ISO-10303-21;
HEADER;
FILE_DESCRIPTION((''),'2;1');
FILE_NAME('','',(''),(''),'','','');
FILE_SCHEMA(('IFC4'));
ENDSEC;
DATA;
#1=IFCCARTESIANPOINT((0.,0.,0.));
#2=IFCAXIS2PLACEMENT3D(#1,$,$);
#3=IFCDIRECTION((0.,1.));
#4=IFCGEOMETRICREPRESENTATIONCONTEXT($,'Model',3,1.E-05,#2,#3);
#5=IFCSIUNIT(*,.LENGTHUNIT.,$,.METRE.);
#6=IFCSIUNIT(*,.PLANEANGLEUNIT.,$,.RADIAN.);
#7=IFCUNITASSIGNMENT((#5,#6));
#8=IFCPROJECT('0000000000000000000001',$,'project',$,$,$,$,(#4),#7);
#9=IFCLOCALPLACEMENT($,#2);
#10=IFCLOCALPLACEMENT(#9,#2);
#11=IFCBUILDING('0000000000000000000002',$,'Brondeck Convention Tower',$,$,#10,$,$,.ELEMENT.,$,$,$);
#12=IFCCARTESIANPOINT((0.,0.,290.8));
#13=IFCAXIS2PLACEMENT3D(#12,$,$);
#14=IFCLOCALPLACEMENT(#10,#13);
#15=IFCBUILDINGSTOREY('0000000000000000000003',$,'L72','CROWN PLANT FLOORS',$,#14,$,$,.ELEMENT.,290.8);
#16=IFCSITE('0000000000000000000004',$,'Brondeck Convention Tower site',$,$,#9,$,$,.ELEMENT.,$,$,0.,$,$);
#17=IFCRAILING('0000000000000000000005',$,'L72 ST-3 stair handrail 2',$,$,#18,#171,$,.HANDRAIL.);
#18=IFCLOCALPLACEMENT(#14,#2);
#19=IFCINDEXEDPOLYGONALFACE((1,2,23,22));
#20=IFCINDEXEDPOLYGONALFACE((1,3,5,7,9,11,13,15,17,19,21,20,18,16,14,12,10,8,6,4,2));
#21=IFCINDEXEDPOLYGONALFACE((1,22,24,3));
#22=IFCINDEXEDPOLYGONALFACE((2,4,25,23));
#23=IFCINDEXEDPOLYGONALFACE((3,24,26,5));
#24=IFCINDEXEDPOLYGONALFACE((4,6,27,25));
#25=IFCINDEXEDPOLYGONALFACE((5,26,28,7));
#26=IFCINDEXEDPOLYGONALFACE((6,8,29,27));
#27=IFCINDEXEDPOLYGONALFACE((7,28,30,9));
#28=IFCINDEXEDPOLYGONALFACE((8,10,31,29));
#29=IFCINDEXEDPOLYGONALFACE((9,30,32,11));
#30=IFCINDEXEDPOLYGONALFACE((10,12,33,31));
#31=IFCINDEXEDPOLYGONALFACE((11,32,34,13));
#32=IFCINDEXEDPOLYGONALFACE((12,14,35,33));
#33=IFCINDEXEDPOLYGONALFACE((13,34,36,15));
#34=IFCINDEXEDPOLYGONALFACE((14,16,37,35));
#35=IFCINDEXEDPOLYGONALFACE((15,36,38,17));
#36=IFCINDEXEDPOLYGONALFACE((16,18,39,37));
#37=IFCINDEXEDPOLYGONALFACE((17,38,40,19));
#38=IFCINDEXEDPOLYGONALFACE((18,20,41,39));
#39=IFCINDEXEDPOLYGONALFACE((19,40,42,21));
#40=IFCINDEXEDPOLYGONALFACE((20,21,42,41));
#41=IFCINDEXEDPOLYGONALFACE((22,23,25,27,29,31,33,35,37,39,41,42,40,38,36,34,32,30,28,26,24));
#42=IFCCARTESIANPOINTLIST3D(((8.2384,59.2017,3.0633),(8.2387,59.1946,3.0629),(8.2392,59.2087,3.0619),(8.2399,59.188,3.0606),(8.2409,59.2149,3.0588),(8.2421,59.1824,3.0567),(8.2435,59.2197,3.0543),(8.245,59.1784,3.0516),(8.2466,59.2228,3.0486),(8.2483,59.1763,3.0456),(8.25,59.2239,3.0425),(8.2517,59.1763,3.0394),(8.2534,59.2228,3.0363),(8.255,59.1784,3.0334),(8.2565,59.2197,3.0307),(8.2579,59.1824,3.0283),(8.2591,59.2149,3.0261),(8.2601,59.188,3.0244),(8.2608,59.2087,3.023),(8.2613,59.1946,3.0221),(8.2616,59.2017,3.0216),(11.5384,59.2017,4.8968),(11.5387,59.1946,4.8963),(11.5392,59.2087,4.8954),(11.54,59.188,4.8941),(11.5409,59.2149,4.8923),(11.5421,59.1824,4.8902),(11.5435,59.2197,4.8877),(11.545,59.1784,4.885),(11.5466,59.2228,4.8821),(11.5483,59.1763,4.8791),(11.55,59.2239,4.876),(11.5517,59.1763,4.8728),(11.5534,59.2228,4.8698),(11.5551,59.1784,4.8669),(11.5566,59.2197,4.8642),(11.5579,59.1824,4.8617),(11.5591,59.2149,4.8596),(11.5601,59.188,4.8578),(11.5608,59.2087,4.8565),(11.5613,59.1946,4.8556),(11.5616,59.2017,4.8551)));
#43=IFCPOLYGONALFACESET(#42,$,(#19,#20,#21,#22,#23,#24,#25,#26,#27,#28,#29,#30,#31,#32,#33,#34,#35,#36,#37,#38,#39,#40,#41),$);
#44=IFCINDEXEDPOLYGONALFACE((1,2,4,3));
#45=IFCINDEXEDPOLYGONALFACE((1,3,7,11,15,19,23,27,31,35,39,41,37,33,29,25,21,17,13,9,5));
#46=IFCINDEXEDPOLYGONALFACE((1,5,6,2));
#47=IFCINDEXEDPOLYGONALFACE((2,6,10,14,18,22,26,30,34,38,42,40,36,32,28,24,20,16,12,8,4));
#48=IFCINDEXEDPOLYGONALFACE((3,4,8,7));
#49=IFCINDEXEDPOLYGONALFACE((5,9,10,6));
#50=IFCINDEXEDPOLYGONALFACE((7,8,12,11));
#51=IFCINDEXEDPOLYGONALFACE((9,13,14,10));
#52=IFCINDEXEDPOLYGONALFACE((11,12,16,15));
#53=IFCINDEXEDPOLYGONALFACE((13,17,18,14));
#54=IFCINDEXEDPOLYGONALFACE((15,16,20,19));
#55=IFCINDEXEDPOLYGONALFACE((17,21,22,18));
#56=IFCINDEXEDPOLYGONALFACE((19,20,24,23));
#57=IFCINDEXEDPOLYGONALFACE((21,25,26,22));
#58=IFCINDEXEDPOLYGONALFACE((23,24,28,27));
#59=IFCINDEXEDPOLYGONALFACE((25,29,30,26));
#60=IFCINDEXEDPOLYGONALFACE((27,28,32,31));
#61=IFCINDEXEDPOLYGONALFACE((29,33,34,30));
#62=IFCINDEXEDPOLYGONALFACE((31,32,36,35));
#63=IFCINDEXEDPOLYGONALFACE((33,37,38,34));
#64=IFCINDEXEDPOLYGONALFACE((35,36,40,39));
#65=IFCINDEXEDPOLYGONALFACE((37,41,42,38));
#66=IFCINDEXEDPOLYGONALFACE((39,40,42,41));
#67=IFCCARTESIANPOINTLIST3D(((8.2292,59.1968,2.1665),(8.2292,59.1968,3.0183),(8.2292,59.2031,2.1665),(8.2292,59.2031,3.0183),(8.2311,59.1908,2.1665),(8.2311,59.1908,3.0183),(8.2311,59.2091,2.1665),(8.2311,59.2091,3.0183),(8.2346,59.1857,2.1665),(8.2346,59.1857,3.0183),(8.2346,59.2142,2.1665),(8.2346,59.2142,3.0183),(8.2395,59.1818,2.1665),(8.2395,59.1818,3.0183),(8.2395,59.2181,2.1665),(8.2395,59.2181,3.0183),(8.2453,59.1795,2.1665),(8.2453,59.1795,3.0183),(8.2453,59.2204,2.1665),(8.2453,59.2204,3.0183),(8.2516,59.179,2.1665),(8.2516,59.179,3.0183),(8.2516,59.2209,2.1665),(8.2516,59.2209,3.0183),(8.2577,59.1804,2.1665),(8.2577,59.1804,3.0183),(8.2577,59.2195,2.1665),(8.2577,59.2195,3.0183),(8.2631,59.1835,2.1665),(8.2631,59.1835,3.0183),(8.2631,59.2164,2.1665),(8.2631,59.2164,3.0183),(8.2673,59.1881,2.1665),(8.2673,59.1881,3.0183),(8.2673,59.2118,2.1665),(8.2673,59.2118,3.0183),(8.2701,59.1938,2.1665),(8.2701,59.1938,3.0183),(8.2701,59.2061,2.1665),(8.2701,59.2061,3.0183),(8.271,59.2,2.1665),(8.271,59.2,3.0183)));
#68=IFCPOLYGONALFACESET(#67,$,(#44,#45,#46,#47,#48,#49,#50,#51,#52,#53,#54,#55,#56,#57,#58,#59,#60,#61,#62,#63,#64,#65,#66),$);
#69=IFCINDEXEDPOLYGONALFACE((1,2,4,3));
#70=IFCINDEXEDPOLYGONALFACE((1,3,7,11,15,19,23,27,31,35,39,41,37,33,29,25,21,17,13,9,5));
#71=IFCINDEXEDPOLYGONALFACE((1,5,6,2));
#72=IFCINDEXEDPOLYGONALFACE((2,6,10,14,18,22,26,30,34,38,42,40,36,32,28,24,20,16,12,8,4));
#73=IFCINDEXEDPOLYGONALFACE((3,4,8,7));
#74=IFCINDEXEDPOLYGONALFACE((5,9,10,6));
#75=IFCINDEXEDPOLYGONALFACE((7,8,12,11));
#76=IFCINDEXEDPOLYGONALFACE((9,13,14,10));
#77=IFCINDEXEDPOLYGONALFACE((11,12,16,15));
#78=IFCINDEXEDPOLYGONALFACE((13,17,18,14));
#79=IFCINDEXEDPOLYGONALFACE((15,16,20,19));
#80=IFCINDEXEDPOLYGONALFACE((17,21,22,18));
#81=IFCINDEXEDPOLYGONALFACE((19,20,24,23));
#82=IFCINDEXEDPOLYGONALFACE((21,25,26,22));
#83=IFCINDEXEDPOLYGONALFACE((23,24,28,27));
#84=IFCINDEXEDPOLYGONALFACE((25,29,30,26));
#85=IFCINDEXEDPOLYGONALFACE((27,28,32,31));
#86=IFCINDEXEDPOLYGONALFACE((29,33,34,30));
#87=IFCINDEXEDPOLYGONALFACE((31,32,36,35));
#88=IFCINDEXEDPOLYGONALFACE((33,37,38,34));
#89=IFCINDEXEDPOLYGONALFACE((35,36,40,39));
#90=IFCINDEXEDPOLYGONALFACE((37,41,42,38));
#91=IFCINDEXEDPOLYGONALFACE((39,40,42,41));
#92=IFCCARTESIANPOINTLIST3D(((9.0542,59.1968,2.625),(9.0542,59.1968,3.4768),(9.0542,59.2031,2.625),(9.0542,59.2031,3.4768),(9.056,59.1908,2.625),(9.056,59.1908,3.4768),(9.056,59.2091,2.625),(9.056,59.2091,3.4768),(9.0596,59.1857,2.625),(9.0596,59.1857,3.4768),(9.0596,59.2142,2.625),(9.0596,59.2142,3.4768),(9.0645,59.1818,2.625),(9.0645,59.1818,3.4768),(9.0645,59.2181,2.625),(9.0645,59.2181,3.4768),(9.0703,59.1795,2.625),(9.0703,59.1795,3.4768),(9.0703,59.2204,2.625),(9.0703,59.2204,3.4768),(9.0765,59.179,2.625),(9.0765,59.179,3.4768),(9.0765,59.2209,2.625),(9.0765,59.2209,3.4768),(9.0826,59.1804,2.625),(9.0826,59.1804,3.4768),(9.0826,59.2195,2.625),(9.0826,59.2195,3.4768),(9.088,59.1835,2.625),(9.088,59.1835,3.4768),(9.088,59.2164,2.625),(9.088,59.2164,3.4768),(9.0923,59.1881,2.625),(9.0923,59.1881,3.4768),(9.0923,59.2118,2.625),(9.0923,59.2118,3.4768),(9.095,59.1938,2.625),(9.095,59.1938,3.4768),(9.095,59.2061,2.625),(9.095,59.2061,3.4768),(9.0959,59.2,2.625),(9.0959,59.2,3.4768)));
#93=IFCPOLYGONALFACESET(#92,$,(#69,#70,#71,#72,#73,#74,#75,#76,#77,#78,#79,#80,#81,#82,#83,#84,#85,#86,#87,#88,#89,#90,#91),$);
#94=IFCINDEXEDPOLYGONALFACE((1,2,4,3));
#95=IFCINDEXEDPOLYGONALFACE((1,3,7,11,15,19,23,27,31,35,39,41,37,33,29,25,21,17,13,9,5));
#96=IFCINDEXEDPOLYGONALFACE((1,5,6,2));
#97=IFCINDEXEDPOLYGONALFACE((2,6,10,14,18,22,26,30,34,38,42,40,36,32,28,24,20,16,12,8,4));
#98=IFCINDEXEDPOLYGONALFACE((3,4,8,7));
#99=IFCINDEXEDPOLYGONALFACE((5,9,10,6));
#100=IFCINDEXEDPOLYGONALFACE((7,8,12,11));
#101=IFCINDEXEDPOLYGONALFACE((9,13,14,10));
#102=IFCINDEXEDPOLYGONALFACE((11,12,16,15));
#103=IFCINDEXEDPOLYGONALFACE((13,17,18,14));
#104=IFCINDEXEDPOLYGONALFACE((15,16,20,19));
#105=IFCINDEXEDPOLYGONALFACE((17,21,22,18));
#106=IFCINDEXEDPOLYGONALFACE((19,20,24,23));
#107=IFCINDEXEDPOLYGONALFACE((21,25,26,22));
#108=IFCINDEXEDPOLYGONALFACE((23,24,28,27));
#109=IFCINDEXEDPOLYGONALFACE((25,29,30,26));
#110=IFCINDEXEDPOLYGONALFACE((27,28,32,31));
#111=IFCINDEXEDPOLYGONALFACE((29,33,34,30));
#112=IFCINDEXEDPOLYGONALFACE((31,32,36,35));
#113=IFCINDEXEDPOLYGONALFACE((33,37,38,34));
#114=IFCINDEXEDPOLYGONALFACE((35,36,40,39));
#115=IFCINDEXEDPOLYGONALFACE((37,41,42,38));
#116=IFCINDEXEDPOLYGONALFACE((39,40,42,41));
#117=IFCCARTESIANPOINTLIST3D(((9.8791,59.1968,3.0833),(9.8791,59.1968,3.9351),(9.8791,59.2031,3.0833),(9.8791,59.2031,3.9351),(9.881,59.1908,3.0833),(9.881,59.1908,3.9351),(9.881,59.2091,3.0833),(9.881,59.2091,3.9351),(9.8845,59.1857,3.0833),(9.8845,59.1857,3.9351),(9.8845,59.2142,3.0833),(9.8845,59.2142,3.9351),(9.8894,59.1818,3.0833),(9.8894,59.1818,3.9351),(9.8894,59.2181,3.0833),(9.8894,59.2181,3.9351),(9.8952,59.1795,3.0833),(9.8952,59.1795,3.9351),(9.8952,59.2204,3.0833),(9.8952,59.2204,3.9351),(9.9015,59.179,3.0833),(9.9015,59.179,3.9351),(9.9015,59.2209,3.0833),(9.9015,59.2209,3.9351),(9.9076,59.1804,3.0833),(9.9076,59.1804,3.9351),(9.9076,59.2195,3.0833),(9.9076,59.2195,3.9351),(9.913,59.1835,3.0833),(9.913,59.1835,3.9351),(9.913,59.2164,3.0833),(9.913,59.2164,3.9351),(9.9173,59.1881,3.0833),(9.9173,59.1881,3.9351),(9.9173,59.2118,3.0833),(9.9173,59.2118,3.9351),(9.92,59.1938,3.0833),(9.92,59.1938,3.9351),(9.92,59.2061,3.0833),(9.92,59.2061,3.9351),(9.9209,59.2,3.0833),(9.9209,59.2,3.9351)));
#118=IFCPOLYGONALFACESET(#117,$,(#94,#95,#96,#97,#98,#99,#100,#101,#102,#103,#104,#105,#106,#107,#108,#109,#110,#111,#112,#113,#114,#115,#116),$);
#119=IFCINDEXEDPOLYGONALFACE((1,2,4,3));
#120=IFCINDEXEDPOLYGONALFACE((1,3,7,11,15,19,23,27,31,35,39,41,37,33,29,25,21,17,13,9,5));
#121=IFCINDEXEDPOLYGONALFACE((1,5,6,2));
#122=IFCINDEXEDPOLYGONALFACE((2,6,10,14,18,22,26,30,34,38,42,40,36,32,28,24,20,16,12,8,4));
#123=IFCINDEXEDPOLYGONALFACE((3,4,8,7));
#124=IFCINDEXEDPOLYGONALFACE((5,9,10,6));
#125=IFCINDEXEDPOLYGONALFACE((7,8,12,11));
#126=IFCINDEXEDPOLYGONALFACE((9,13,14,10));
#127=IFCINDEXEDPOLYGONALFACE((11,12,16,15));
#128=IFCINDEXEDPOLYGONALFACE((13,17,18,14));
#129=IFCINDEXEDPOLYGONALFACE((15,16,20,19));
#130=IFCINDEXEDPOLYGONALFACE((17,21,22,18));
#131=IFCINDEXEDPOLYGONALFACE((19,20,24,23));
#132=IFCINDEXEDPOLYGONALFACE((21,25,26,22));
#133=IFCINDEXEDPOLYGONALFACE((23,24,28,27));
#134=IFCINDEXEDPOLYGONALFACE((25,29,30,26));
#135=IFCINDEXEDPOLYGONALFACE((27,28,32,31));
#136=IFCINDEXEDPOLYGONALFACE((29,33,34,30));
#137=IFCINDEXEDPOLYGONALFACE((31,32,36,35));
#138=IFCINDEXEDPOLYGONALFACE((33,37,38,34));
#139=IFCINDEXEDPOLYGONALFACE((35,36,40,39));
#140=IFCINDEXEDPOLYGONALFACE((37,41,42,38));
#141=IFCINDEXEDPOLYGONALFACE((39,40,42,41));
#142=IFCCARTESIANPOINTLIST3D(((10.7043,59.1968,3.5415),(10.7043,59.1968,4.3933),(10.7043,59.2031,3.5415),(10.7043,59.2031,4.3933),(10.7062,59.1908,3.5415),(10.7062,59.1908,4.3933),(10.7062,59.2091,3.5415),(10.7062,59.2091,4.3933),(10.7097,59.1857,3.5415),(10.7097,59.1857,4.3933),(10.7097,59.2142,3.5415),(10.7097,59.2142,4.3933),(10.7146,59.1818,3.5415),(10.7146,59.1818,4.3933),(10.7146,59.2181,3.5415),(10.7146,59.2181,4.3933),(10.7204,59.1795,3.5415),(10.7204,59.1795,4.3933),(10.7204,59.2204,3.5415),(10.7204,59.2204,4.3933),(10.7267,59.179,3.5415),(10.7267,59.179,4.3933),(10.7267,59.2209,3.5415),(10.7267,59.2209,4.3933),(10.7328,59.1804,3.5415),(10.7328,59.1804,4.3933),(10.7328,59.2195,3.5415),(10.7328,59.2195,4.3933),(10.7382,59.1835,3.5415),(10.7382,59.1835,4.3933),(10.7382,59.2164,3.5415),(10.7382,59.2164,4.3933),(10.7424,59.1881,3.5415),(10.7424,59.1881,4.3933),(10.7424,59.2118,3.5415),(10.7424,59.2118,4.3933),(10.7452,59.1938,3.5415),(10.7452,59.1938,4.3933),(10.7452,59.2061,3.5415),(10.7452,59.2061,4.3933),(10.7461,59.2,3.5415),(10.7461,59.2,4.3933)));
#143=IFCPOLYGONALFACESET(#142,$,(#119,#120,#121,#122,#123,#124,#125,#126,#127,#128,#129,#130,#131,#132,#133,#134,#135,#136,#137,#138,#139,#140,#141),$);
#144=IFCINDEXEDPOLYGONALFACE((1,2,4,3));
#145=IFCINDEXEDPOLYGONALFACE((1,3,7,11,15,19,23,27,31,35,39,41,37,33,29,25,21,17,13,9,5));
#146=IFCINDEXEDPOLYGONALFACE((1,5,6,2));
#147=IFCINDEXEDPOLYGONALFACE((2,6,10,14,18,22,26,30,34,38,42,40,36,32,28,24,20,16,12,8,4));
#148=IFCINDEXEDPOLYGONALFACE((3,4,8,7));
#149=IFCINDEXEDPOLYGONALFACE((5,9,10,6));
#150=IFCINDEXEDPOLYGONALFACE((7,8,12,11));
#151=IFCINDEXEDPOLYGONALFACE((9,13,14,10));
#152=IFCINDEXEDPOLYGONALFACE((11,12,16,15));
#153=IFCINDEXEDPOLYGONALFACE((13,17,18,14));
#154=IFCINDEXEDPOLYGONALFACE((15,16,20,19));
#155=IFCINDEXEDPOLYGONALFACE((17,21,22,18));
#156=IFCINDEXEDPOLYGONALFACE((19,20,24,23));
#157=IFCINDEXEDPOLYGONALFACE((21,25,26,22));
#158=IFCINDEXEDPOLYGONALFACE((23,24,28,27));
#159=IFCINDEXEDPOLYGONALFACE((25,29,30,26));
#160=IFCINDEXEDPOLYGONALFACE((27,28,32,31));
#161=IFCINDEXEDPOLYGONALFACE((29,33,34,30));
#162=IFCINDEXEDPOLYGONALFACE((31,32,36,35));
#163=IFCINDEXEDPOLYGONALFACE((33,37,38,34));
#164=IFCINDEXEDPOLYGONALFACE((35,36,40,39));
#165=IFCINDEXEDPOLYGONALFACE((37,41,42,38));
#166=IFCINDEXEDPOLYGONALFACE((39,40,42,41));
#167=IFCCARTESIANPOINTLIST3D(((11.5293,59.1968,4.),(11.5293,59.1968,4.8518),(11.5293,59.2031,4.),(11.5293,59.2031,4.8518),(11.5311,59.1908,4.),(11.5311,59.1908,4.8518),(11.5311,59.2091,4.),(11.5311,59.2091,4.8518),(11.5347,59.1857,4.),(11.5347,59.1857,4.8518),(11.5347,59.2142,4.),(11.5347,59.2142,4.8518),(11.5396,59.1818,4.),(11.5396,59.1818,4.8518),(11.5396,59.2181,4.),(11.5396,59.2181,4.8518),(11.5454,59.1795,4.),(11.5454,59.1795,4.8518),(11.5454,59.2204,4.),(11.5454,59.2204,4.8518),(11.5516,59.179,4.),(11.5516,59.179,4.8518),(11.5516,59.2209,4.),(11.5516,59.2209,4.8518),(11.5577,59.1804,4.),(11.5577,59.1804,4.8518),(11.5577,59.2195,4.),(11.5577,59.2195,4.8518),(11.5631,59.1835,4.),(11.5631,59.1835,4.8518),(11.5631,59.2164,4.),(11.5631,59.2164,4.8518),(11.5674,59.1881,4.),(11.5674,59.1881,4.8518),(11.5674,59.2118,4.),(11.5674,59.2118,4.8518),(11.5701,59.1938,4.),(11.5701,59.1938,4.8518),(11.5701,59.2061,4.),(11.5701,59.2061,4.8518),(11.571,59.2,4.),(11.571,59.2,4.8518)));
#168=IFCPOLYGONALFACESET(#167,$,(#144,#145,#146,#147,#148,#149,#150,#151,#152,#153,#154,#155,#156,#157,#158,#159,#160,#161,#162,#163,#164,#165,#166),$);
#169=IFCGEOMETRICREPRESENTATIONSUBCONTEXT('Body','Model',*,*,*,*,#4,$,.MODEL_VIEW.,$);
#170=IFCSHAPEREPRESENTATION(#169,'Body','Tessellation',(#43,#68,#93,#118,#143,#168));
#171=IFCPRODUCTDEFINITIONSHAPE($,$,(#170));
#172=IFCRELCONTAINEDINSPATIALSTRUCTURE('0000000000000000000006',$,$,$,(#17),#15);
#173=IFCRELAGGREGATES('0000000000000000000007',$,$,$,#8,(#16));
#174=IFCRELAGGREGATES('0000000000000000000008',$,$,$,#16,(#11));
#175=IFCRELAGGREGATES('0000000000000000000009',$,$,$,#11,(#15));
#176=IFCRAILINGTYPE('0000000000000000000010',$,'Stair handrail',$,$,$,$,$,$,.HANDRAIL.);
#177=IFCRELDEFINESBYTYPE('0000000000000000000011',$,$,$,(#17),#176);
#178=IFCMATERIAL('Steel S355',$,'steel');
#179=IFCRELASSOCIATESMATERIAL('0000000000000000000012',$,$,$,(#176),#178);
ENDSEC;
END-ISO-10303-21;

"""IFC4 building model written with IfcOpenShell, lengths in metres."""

from ifc_helpers import new_model, si_unit, direction, frame, origin, origin_2d, place, context, subcontext, project, spatial, circle, extrude, material, type_object, element, save


model = new_model("IFC4")

# Units and contexts
model_context = context("Model", 3, precision=1e-05, world=origin(), true_north=direction((0.0, 1.0)))
body_context = subcontext(model_context, "Body", "Model", "MODEL_VIEW")
ifc_project = project(units=[si_unit("LENGTHUNIT", "METRE"), si_unit("PLANEANGLEUNIT", "RADIAN")], contexts=[model_context])

# Site, building, storey
site_placement = place(None, origin())
site = spatial("IfcSite", under=ifc_project, at=site_placement, Name="Brondeck Convention Tower site", CompositionType="ELEMENT", RefElevation=0.0)
building_placement = place(site_placement, origin())
building = spatial("IfcBuilding", under=site, at=building_placement, Name="Brondeck Convention Tower", CompositionType="ELEMENT")
storey_placement = place(building_placement, frame((0.0, 0.0, 290.8)))
storey = spatial("IfcBuildingStorey", under=building, at=storey_placement, Name="L72", Description="CROWN PLANT FLOORS", CompositionType="ELEMENT", Elevation=290.8)

# Railing
ifc_material_1 = material(Name="Steel S355", Category="steel")
railing_type_1 = type_object("IfcRailingType", Name="Stair handrail", PredefinedType="HANDRAIL", material=ifc_material_1)
railing_1_placement = place(storey_placement, frame((8.25, 59.2, 2.1665)))
element("IfcRailing", 1, at=railing_1_placement, inside=storey, type_object=railing_type_1, Name="L72 ST-3 stair handrail 2", PredefinedType="HANDRAIL", context=body_context, shape_type="SweptSolid", body=[
    extrude(circle(Radius=0.0239, at=origin_2d()), frame((0.0, 0.0, 0.876), z_axis=(0.874142, 0.0, 0.48567), x_axis=(0.0, 1.0, 0.0)), (0.0, 0.0, 1.0), 3.7751),
    extrude(circle(Radius=0.021, at=origin_2d()), origin(), (0.0, 0.0, 1.0), 0.8518),
    extrude(circle(Radius=0.021, at=origin_2d()), frame((0.825, 0.0, 0.4585)), (0.0, 0.0, 1.0), 0.8518),
    extrude(circle(Radius=0.021, at=origin_2d()), frame((1.6499, 0.0, 0.9167)), (0.0, 0.0, 1.0), 0.8518),
    extrude(circle(Radius=0.021, at=origin_2d()), frame((2.4751, 0.0, 1.375)), (0.0, 0.0, 1.0), 0.8518),
    extrude(circle(Radius=0.021, at=origin_2d()), frame((3.3, 0.0, 1.8335)), (0.0, 0.0, 1.0), 0.8518),
])

save(model, "model.ifc")
